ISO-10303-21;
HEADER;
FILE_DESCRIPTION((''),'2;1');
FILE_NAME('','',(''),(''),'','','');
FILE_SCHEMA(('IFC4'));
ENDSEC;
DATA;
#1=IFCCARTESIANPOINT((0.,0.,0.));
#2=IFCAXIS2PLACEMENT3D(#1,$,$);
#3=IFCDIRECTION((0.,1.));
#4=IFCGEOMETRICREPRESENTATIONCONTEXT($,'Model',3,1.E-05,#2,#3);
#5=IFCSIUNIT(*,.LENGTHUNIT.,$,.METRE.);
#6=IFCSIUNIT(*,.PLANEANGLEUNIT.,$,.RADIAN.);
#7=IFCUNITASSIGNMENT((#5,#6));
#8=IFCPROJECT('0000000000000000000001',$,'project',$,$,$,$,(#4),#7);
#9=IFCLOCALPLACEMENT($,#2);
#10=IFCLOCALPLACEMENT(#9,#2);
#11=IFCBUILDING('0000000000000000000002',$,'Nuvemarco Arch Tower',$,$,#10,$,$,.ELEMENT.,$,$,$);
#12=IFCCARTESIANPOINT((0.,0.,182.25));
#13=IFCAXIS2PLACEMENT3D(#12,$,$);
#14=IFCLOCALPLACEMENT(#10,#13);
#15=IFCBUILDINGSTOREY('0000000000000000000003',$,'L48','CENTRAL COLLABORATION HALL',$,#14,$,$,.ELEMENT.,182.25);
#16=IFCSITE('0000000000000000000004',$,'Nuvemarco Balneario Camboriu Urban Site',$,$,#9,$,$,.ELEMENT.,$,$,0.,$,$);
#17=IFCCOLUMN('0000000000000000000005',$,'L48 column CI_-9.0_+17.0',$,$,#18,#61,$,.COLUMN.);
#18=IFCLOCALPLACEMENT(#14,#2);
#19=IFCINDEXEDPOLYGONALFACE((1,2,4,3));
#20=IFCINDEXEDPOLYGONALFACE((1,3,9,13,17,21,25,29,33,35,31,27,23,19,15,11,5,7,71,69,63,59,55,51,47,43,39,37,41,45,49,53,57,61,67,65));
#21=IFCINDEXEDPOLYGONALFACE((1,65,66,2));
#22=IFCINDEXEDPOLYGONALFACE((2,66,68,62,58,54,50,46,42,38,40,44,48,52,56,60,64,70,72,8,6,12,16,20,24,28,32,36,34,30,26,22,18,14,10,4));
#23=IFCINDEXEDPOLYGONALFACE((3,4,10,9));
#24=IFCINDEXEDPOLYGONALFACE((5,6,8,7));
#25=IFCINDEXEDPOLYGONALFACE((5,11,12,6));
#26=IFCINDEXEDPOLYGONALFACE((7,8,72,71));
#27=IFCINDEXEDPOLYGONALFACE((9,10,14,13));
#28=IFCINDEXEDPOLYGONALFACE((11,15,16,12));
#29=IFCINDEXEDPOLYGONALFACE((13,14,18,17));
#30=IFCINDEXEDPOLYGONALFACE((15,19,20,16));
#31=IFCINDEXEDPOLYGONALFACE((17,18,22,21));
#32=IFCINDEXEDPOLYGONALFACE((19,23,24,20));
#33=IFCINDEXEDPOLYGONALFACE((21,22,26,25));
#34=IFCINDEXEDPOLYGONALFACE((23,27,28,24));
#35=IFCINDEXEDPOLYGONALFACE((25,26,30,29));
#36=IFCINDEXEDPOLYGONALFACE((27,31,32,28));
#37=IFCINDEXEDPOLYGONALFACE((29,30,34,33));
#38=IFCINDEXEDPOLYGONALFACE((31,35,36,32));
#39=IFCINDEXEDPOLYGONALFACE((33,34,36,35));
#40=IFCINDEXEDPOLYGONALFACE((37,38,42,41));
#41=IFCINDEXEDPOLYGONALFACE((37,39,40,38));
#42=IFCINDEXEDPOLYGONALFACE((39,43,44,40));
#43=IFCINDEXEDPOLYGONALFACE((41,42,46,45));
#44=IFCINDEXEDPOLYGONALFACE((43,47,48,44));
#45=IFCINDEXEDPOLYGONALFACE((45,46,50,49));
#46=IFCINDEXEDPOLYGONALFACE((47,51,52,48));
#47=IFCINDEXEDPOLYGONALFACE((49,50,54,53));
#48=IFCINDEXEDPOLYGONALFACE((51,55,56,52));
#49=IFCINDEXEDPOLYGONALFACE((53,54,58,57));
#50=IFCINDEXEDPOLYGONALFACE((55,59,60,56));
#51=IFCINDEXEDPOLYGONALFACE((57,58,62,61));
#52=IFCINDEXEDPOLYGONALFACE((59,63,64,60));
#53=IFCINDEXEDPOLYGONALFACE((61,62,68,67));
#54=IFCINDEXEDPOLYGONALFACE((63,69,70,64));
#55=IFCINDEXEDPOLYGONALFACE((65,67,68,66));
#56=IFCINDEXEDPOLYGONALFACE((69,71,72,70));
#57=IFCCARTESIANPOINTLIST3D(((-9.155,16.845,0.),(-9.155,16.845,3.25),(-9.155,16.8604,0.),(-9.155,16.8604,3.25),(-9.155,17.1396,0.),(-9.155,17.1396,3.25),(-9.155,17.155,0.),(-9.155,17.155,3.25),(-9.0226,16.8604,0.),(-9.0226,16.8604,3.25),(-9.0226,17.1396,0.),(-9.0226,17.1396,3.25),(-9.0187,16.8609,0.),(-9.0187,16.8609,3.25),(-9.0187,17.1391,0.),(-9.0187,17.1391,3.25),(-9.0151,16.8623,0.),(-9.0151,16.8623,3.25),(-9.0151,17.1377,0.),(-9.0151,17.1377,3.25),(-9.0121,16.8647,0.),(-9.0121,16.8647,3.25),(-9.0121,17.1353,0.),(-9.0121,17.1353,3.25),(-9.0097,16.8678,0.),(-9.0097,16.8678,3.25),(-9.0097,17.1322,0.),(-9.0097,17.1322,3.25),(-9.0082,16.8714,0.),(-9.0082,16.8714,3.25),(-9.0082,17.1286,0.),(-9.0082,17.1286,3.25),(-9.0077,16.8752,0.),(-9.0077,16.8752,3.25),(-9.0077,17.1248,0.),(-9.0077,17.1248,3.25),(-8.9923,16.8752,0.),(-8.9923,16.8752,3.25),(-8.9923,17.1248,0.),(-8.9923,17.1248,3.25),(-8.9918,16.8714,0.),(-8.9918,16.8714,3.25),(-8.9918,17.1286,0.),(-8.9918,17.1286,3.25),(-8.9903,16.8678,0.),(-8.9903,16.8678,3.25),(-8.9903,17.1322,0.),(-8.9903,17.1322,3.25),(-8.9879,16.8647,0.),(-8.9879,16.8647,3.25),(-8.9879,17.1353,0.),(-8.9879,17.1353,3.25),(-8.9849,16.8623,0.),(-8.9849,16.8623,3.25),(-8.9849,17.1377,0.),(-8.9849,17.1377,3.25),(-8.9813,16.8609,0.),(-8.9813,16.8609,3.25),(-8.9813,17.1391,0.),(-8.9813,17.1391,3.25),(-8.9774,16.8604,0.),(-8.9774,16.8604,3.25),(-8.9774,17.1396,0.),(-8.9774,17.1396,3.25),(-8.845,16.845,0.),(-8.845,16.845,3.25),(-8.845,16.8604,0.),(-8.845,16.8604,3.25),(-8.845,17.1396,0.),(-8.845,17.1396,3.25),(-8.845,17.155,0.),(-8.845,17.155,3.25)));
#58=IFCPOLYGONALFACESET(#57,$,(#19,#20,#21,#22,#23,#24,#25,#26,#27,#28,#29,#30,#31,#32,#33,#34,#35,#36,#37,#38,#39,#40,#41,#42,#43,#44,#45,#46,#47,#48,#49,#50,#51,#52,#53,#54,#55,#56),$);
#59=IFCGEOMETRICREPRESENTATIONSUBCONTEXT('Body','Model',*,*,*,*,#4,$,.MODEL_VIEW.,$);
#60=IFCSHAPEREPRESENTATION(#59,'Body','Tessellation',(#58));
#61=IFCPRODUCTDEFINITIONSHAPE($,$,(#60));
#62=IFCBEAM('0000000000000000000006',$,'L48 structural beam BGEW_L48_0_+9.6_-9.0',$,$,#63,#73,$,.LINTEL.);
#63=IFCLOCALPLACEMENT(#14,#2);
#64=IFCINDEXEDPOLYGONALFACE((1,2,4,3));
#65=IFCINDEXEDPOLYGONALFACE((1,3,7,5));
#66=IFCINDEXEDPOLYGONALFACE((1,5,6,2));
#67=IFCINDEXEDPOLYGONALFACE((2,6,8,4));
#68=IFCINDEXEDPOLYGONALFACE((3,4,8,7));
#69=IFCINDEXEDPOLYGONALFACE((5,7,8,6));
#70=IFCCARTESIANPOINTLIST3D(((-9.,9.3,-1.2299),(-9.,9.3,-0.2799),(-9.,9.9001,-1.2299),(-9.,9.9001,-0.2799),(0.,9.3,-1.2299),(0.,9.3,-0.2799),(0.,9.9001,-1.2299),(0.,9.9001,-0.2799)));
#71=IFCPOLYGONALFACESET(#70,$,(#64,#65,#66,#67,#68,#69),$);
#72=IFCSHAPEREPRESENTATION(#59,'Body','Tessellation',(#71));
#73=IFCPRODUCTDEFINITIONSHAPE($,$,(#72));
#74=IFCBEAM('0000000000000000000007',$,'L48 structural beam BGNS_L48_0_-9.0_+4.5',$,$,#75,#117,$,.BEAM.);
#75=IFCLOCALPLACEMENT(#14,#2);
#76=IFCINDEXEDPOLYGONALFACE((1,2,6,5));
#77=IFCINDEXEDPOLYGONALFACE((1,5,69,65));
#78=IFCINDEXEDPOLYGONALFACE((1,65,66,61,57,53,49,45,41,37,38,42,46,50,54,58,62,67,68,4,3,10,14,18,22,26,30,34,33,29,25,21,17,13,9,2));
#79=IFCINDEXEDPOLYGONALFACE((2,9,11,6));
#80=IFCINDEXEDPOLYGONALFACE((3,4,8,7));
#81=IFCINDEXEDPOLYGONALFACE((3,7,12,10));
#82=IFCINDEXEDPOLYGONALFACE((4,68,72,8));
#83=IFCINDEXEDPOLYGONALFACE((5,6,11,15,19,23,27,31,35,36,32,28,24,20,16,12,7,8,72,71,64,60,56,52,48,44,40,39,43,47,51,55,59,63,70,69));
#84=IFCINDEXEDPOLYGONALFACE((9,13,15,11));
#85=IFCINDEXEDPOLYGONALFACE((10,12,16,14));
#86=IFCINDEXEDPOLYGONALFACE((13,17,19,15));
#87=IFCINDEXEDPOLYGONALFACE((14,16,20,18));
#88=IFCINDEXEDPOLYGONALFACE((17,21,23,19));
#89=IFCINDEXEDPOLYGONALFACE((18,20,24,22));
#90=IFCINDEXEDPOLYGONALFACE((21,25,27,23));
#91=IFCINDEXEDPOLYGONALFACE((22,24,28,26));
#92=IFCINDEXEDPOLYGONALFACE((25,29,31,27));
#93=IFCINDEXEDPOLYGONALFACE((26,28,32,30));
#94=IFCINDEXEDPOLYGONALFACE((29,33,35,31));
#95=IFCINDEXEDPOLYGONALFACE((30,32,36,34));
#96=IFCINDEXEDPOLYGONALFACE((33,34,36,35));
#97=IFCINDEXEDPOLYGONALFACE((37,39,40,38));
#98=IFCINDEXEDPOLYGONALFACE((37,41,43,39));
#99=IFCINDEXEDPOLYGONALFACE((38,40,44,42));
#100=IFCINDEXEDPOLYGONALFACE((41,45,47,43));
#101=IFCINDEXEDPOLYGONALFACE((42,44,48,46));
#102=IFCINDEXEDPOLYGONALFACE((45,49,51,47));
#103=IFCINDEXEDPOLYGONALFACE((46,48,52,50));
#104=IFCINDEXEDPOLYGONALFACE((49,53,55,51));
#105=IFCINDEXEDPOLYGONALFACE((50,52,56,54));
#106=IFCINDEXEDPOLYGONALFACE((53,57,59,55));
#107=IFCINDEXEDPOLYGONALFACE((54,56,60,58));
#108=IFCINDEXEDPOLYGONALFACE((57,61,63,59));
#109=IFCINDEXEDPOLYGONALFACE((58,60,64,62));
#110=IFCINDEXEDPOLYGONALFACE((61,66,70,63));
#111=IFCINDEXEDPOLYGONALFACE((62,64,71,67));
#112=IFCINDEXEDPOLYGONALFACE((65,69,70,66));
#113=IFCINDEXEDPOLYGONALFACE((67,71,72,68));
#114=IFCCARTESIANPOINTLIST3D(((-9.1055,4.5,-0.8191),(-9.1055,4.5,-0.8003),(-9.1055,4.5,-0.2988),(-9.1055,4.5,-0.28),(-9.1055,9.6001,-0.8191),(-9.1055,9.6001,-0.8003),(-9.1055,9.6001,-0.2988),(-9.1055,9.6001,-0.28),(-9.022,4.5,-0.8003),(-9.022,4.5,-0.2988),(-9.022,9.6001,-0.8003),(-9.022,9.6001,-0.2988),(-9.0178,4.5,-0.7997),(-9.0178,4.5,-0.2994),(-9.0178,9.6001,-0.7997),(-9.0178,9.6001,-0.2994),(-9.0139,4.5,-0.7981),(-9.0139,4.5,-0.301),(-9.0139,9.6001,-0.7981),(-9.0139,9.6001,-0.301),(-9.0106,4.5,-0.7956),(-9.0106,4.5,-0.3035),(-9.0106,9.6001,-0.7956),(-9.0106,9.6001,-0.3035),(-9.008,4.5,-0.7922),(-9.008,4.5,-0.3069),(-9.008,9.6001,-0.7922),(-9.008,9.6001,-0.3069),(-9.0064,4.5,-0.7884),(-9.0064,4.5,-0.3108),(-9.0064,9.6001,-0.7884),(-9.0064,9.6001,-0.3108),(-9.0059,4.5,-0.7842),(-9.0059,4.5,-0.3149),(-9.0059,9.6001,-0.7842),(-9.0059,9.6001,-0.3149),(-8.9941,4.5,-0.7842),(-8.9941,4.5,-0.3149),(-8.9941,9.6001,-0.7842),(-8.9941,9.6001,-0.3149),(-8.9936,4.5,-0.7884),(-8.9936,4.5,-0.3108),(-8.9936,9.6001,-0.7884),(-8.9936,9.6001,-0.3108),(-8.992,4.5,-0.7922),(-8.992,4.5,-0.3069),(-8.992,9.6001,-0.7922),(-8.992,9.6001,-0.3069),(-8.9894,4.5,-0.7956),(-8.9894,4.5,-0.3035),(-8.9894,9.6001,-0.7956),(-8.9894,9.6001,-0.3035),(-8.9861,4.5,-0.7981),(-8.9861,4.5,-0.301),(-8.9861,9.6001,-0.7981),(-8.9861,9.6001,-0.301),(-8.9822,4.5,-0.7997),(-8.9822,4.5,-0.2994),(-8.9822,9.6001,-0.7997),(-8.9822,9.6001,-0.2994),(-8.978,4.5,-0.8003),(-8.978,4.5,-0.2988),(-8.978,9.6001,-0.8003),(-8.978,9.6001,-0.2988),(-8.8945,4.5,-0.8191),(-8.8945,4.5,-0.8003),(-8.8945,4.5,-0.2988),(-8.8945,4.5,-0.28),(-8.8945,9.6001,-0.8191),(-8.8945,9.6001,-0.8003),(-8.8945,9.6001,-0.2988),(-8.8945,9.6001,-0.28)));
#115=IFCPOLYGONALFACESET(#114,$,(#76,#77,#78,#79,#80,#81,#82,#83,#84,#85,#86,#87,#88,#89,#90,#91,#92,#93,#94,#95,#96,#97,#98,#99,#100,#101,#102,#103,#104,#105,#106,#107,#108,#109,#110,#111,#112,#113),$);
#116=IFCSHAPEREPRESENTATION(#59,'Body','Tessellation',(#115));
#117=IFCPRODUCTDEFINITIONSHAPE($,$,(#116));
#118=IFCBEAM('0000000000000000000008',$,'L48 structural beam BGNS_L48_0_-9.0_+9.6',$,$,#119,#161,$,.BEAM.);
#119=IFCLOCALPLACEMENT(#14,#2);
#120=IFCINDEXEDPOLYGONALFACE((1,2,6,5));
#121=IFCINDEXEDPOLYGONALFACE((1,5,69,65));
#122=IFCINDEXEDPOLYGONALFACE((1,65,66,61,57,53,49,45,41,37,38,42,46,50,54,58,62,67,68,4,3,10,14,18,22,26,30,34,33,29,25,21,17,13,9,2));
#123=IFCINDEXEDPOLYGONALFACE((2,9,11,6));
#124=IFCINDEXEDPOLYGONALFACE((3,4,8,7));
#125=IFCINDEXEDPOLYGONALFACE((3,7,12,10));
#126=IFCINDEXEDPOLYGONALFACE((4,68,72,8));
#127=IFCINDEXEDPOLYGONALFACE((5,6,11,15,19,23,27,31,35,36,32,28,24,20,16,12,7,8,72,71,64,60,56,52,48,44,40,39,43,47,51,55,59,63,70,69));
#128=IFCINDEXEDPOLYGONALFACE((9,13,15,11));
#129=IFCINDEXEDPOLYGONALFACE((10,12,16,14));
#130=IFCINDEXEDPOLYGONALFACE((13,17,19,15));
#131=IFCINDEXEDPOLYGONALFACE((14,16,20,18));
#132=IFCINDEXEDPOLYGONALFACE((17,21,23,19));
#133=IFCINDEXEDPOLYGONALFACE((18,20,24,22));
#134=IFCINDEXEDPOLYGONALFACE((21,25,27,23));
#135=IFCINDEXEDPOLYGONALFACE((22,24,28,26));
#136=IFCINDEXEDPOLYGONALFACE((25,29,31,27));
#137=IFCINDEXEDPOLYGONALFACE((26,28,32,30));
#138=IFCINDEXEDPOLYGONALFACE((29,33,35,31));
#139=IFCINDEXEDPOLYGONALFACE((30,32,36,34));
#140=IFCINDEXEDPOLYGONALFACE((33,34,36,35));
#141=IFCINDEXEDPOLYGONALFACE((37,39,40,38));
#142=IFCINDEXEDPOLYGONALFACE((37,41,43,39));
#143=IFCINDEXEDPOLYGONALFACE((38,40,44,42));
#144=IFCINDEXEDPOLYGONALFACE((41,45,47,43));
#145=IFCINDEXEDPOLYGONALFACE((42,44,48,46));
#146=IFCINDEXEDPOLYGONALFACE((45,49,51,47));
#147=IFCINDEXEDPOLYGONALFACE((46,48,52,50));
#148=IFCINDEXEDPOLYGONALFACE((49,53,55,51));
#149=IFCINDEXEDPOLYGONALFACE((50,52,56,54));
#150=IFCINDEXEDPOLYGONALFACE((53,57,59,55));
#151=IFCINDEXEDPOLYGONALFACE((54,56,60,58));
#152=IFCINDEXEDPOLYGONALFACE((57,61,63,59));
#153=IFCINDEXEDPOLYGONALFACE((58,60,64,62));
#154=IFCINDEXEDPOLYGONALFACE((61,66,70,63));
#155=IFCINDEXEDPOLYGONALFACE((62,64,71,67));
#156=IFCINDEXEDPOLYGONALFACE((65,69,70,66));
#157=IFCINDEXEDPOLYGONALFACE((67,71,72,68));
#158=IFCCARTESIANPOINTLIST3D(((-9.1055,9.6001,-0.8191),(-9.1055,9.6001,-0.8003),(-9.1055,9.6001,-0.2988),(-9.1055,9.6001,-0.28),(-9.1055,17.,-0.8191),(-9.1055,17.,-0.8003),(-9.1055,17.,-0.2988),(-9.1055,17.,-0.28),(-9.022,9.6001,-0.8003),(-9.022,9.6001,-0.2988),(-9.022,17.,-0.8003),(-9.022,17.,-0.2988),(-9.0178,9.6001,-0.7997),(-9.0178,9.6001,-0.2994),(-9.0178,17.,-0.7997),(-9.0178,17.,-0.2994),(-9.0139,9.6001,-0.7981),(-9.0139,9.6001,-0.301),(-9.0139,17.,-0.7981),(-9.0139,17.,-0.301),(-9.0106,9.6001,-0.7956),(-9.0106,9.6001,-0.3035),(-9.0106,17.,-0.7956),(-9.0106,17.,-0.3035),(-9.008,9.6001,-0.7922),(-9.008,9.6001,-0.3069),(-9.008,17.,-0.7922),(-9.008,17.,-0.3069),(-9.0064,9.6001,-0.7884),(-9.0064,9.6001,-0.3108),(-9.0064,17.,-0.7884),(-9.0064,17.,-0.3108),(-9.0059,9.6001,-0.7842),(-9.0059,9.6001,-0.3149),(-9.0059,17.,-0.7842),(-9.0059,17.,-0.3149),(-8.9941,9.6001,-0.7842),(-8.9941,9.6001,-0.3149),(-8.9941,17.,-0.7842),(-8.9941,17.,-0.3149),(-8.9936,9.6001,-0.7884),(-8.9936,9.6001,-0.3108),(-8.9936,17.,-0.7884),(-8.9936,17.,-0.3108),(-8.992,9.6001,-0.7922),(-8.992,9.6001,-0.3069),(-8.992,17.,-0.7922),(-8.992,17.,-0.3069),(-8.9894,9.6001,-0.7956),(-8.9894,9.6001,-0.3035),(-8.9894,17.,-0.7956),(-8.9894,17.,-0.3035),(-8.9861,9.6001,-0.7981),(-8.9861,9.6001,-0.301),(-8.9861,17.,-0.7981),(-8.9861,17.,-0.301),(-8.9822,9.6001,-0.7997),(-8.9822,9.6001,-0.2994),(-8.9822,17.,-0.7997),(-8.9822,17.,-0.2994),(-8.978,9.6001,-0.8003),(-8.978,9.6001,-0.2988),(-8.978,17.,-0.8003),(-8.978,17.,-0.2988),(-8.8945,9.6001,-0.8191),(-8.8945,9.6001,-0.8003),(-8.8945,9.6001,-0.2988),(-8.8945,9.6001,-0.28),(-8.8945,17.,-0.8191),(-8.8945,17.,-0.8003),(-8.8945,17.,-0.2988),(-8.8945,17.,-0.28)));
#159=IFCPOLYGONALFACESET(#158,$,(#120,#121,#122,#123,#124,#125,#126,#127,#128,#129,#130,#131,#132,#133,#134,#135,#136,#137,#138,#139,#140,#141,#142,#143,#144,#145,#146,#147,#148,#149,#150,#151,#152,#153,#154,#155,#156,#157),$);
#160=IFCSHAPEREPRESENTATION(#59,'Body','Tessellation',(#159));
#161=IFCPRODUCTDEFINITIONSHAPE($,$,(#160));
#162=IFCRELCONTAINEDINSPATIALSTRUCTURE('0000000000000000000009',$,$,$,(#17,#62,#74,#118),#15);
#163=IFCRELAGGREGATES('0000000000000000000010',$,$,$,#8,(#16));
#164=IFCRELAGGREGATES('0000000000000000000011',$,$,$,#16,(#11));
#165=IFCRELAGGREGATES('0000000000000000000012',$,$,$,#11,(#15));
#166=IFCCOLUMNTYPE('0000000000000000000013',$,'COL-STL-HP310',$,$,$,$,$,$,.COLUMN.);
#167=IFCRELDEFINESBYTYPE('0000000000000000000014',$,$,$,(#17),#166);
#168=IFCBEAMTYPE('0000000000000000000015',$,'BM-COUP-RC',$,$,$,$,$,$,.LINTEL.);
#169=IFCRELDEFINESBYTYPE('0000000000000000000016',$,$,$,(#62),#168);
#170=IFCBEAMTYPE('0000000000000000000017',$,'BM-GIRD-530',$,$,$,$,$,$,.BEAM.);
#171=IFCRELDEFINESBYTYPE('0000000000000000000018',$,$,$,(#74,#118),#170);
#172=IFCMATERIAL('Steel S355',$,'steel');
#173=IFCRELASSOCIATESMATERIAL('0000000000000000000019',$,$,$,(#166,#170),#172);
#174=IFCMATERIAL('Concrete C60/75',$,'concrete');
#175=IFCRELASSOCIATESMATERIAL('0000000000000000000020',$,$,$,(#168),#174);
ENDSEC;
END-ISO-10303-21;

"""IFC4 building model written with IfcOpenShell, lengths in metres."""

from ifc_helpers import new_model, si_unit, direction, frame, origin, origin_2d, place, context, subcontext, project, spatial, rectangle, i_section, extrude, material, material_profile, profile_set, type_object, element, save


model = new_model("IFC4")

# Units and contexts
model_context = context("Model", 3, precision=1e-05, world=origin(), true_north=direction((0.0, 1.0)))
body_context = subcontext(model_context, "Body", "Model", "MODEL_VIEW")
ifc_project = project(units=[si_unit("LENGTHUNIT", "METRE"), si_unit("PLANEANGLEUNIT", "RADIAN")], contexts=[model_context])

# Site, building, storey
site_placement = place(None, origin())
site = spatial("IfcSite", under=ifc_project, at=site_placement, Name="Nuvemarco Balneario Camboriu Urban Site", CompositionType="ELEMENT", RefElevation=0.0)
building_placement = place(site_placement, origin())
building = spatial("IfcBuilding", under=site, at=building_placement, Name="Nuvemarco Arch Tower", CompositionType="ELEMENT")
storey_placement = place(building_placement, frame((0.0, 0.0, 182.25)))
storey = spatial("IfcBuildingStorey", under=building, at=storey_placement, Name="L48", Description="CENTRAL COLLABORATION HALL", CompositionType="ELEMENT", Elevation=182.25)

# Column
ifc_material_1 = material(Name="Steel S355", Category="steel")
ifc_material_profile_1 = material_profile(ifc_material_1, i_section(OverallWidth=0.3101, OverallDepth=0.3101, WebThickness=0.0154, FlangeThickness=0.0154, FilletRadius=0.0149, at=origin_2d()), Name="HP310x110")
ifc_profile_set_1 = profile_set([ifc_material_profile_1], Name="Steel S355")
column_type_1 = type_object("IfcColumnType", Name="COL-STL-HP310", PredefinedType="COLUMN", material=ifc_profile_set_1)
column_placement = place(storey_placement, frame((-9.0, 17.0, 0.0), z_axis=(0.0, 0.0, 1.0), x_axis=(1.0, 0.0, 0.0)))
element("IfcColumn", 1, at=column_placement, inside=storey, type_object=column_type_1, Name="L48 column CI_-9.0_+17.0", PredefinedType="COLUMN", context=body_context, shape_type="SweptSolid", body=[
    extrude(i_section(OverallWidth=0.3101, OverallDepth=0.3101, WebThickness=0.0154, FlangeThickness=0.0154, FilletRadius=0.0149, at=origin_2d()), origin(), (0.0, 0.0, 1.0), 3.25),
])

# Beams
ifc_material_2 = material(Name="Concrete C60/75", Category="concrete")
ifc_material_profile_2 = material_profile(ifc_material_2, rectangle(XDim=0.6001, YDim=0.95, at=origin_2d()), Name="RC-BM-600x950")
ifc_profile_set_2 = profile_set([ifc_material_profile_2], Name="Concrete C60/75")
beam_type_1 = type_object("IfcBeamType", Name="BM-COUP-RC", PredefinedType="LINTEL", material=ifc_profile_set_2)
beam_1_placement = place(storey_placement, frame((-9.0, 9.6001, -0.7549), z_axis=(1.0, 0.0, 0.0), x_axis=(0.0, 1.0, 0.0)))
element("IfcBeam", 2, at=beam_1_placement, inside=storey, type_object=beam_type_1, Name="L48 structural beam BGEW_L48_0_+9.6_-9.0", PredefinedType="LINTEL", context=body_context, shape_type="SweptSolid", body=[
    extrude(rectangle(XDim=0.6001, YDim=0.95, at=origin_2d()), origin(), (0.0, 0.0, 1.0), 9.0),
])
ifc_material_profile_3 = material_profile(ifc_material_1, i_section(OverallWidth=0.2109, OverallDepth=0.5391, WebThickness=0.0117, FlangeThickness=0.0188, FilletRadius=0.0161, at=origin_2d()), Name="W530x109")
ifc_profile_set_3 = profile_set([ifc_material_profile_3], Name="Steel S355")
beam_type_2 = type_object("IfcBeamType", Name="BM-GIRD-530", PredefinedType="BEAM", material=ifc_profile_set_3)
beam_2_placement = place(storey_placement, frame((-9.0, 4.5, -0.5496), z_axis=(0.0, 1.0, 0.0), x_axis=(-1.0, 0.0, 0.0)))
element("IfcBeam", 3, at=beam_2_placement, inside=storey, type_object=beam_type_2, Name="L48 structural beam BGNS_L48_0_-9.0_+4.5", PredefinedType="BEAM", context=body_context, shape_type="SweptSolid", body=[
    extrude(i_section(OverallWidth=0.2109, OverallDepth=0.5391, WebThickness=0.0117, FlangeThickness=0.0188, FilletRadius=0.0161, at=origin_2d()), origin(), (0.0, 0.0, 1.0), 5.1001),
])
beam_3_placement = place(storey_placement, frame((-9.0, 9.6001, -0.5496), z_axis=(0.0, 1.0, 0.0), x_axis=(-1.0, 0.0, 0.0)))
element("IfcBeam", 4, at=beam_3_placement, inside=storey, type_object=beam_type_2, Name="L48 structural beam BGNS_L48_0_-9.0_+9.6", PredefinedType="BEAM", context=body_context, shape_type="SweptSolid", body=[
    extrude(i_section(OverallWidth=0.2109, OverallDepth=0.5391, WebThickness=0.0117, FlangeThickness=0.0188, FilletRadius=0.0161, at=origin_2d()), origin(), (0.0, 0.0, 1.0), 7.3999),
])

save(model, "model.ifc")
